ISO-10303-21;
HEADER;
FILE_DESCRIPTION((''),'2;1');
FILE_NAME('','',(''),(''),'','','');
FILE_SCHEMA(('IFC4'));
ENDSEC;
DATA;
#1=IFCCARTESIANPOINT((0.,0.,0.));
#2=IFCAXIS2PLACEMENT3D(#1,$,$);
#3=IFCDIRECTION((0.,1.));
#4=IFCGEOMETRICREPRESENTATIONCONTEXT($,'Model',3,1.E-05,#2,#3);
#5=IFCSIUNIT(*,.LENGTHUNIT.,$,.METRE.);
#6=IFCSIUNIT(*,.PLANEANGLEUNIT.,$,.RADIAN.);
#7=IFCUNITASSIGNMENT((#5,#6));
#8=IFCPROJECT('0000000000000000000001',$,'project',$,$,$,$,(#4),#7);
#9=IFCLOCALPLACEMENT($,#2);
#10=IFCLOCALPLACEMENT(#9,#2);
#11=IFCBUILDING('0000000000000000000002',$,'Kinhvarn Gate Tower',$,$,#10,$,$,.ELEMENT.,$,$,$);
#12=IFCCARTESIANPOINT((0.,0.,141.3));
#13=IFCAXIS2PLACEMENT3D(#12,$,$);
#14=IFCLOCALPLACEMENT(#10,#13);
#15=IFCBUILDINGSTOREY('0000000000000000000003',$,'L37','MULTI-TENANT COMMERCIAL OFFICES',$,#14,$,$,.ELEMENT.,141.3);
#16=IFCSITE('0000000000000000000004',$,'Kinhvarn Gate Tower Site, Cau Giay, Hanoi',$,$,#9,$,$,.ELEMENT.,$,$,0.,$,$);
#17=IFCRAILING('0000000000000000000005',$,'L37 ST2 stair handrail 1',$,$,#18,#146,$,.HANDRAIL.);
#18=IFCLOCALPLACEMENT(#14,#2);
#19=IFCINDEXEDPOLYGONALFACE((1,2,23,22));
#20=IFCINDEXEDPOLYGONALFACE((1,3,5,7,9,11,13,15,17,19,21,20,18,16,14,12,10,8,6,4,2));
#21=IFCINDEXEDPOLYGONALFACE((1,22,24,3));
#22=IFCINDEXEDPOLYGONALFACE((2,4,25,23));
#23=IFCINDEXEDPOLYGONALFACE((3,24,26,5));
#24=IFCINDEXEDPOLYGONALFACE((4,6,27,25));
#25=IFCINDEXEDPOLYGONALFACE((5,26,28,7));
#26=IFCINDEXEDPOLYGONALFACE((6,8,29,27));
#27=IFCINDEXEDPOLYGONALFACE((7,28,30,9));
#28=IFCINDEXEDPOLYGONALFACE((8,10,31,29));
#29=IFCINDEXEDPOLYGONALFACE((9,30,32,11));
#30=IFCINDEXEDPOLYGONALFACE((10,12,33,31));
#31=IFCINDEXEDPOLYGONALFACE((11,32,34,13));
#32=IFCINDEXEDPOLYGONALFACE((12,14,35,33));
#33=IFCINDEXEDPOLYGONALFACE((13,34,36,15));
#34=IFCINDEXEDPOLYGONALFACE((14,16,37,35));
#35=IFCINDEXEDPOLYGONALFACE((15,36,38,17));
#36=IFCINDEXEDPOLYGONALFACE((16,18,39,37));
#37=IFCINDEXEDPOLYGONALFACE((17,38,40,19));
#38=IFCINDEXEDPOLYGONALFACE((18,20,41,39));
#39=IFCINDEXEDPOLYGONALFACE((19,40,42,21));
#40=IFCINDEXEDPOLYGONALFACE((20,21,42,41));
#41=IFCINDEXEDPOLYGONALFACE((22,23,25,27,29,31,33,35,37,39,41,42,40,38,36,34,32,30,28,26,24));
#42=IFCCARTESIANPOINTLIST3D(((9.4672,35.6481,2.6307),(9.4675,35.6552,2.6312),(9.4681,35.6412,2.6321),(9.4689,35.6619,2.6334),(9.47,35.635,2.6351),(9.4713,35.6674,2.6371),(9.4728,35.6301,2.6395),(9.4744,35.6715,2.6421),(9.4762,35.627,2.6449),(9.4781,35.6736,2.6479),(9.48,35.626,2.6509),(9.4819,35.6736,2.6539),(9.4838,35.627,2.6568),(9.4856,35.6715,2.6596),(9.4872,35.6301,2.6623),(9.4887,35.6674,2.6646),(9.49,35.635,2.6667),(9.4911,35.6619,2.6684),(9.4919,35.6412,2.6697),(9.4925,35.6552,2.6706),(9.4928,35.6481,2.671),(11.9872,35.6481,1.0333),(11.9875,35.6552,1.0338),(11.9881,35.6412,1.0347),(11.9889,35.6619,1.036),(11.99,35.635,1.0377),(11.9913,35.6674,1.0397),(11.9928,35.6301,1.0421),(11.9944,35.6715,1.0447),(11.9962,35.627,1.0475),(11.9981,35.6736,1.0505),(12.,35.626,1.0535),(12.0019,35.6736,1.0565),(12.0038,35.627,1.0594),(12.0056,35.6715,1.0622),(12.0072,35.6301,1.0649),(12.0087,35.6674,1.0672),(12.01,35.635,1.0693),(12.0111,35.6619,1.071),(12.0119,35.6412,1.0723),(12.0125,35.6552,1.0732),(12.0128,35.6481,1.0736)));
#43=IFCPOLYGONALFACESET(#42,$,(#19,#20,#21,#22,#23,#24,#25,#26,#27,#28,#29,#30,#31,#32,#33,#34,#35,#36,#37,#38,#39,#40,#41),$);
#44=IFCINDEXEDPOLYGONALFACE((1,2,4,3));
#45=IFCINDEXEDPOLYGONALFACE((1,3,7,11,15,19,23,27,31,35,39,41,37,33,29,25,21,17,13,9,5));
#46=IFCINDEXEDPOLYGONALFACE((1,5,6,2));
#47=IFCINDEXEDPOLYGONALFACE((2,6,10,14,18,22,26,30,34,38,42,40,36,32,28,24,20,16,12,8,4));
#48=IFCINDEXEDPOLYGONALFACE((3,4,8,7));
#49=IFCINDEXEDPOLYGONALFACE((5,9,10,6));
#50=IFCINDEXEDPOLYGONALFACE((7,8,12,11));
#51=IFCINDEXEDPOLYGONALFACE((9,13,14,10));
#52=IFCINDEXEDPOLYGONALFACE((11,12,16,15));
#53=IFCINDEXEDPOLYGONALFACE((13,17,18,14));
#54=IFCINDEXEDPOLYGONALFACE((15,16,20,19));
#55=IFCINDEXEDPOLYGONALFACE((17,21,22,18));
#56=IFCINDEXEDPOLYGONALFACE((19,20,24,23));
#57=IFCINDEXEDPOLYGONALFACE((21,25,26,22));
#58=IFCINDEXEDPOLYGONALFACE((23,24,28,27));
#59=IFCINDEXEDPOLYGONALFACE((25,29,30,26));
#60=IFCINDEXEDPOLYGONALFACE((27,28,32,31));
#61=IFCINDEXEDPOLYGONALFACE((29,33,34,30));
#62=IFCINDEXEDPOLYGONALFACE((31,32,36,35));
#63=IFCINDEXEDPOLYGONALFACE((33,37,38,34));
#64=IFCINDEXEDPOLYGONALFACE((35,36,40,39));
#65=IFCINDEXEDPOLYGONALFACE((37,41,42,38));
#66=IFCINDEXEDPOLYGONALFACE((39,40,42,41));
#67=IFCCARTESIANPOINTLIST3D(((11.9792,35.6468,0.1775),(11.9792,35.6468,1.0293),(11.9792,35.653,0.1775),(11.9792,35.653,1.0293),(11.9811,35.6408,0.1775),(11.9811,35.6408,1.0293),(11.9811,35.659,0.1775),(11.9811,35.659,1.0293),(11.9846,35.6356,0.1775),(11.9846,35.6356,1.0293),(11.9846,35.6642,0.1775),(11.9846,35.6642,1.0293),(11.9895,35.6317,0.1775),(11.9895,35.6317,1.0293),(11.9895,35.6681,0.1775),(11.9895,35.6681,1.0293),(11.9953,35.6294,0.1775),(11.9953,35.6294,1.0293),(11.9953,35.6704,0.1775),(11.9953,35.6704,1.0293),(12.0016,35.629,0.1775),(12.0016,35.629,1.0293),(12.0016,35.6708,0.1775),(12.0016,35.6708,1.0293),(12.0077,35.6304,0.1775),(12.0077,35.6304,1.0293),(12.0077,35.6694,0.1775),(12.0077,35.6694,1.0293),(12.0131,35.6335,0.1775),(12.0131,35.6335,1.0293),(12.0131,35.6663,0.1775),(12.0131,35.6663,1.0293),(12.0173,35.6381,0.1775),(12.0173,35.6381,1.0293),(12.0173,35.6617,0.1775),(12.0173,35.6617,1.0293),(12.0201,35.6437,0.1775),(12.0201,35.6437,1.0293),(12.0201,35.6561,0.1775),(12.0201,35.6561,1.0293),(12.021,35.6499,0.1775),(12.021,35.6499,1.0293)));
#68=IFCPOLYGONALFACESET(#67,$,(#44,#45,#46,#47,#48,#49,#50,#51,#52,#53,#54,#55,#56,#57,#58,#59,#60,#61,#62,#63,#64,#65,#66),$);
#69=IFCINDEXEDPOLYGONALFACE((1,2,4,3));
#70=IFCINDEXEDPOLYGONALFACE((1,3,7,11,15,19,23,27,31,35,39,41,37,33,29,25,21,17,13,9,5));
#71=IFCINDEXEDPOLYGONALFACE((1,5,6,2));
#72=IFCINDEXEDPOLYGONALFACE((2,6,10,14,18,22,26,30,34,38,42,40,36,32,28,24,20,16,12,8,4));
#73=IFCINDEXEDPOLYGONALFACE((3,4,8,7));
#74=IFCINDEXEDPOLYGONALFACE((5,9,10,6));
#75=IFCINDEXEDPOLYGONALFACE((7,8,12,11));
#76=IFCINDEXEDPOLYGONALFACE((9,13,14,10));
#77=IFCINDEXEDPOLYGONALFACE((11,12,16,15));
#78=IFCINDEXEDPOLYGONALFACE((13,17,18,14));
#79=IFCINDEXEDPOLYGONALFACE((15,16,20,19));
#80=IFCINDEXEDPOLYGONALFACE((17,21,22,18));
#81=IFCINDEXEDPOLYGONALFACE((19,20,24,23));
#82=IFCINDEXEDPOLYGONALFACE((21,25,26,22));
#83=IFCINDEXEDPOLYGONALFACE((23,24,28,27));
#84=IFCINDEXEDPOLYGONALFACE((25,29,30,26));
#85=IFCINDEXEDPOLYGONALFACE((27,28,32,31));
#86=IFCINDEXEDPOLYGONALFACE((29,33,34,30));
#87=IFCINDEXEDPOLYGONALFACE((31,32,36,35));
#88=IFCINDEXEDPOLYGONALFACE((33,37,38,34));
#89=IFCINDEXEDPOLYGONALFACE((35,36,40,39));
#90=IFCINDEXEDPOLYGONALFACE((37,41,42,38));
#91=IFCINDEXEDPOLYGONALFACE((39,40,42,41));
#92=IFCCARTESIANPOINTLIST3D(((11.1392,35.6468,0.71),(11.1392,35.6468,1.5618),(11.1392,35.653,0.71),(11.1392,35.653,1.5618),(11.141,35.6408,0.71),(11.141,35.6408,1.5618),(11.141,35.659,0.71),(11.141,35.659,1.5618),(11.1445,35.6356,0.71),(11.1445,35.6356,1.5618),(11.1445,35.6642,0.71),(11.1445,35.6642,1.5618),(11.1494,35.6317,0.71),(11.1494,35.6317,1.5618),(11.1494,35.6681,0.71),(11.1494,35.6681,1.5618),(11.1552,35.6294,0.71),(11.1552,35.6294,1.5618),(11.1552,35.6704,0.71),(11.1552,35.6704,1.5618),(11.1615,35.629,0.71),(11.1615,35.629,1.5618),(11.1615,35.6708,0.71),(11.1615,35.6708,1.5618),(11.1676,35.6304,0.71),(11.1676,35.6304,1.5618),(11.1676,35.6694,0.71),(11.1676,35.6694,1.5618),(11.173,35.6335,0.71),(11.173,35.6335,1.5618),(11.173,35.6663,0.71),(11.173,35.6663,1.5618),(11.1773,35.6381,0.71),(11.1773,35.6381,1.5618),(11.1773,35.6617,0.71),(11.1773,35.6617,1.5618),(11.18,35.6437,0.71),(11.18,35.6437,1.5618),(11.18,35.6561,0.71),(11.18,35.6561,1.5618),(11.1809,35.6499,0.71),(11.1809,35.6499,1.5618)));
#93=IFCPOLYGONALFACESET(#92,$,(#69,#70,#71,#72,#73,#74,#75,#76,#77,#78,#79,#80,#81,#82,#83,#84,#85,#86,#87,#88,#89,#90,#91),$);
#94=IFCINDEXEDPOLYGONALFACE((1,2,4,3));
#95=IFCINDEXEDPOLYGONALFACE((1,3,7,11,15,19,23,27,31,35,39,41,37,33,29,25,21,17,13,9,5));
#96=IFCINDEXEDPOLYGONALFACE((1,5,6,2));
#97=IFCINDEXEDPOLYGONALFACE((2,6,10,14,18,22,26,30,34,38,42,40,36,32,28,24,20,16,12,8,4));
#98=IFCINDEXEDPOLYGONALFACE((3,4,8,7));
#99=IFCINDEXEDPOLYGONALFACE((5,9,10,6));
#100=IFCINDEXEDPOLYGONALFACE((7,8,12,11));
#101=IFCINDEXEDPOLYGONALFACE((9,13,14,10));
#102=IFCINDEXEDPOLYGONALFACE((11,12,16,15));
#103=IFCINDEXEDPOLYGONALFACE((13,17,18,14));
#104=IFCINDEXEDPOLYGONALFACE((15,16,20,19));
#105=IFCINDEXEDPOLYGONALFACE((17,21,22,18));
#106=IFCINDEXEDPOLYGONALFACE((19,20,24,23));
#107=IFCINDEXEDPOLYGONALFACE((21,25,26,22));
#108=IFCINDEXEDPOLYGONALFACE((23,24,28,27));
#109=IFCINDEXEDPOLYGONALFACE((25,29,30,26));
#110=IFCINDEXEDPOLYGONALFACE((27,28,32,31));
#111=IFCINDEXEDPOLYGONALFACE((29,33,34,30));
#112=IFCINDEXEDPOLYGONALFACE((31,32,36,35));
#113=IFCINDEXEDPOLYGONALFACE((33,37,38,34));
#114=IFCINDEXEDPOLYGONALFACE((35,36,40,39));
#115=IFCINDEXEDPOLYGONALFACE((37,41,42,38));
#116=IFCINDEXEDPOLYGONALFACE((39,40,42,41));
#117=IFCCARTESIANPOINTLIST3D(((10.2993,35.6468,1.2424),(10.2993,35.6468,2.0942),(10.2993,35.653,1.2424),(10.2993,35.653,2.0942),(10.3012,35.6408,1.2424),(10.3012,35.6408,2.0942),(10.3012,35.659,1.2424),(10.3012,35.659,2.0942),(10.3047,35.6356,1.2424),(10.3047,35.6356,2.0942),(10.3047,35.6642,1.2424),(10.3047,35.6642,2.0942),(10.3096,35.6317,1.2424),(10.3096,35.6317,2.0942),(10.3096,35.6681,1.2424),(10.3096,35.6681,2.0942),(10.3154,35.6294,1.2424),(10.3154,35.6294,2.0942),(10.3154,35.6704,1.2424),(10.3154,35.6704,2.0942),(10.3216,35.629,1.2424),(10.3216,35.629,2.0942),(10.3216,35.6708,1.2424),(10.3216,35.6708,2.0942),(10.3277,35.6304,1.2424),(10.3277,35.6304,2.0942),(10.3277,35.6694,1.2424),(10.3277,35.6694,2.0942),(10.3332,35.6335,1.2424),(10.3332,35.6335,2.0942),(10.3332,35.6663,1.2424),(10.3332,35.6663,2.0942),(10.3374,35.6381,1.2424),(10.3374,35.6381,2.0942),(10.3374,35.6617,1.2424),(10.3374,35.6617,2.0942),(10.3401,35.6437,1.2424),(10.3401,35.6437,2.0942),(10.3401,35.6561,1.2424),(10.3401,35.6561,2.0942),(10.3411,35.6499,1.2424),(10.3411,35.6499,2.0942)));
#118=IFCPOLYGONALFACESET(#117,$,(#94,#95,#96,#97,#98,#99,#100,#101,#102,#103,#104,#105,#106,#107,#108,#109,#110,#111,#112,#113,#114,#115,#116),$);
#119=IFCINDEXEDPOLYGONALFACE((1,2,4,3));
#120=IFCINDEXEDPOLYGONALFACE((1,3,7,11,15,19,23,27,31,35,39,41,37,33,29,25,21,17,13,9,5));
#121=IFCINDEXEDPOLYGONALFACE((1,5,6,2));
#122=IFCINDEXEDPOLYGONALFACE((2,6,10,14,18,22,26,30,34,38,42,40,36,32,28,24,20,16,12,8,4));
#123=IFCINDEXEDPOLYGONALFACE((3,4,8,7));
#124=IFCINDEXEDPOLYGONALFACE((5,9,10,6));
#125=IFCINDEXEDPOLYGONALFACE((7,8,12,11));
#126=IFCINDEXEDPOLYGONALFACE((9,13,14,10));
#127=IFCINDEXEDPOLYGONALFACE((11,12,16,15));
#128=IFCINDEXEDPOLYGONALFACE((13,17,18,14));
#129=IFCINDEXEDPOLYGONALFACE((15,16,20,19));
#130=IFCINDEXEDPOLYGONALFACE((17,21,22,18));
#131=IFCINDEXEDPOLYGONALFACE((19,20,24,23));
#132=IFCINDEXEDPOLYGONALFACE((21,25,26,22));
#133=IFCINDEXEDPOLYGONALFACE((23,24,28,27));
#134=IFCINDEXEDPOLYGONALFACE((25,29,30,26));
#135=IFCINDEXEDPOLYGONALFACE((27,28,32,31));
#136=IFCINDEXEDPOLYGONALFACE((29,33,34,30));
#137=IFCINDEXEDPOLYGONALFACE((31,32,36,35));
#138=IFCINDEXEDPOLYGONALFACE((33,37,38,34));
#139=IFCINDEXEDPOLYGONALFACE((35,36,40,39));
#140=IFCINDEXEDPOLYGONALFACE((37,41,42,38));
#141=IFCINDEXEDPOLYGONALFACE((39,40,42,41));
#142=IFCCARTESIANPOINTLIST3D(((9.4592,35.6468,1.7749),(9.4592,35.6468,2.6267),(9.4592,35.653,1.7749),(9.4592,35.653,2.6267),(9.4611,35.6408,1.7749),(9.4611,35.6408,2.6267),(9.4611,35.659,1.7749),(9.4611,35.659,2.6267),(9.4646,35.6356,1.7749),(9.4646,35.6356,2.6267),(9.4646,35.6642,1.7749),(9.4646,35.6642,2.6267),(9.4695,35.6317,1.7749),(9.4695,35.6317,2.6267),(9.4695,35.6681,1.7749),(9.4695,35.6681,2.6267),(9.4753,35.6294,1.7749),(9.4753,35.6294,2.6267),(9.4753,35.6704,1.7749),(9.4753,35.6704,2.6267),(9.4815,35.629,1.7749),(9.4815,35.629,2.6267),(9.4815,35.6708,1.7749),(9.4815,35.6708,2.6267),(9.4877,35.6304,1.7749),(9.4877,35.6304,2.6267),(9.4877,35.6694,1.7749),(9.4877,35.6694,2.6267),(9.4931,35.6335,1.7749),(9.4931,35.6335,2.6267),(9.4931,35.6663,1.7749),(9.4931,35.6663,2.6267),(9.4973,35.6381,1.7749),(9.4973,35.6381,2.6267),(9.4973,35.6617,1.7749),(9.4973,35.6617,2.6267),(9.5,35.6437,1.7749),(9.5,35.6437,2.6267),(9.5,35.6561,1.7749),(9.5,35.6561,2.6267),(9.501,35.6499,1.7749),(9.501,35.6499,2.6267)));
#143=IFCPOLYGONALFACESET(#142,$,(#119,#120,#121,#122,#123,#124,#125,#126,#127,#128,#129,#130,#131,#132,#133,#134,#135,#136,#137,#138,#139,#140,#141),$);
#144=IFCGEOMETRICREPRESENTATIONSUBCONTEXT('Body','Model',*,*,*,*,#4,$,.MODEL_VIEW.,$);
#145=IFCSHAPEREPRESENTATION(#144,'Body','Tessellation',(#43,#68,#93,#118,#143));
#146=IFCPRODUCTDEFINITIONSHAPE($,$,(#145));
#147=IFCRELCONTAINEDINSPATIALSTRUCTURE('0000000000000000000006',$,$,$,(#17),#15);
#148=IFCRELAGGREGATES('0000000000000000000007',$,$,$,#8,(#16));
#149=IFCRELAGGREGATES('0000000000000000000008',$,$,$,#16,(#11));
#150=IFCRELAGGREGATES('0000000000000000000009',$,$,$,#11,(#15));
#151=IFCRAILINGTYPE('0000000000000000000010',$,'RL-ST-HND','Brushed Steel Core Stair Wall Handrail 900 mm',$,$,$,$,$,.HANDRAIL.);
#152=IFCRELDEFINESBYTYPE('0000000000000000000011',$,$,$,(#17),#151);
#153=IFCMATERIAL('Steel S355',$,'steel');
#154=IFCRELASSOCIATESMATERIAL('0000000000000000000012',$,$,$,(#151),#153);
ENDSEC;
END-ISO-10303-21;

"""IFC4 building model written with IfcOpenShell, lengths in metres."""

from ifc_helpers import new_model, si_unit, direction, frame, origin, origin_2d, place, context, subcontext, project, spatial, circle, extrude, material, type_object, element, save


model = new_model("IFC4")

# Units and contexts
model_context = context("Model", 3, precision=1e-05, world=origin(), true_north=direction((0.0, 1.0)))
body_context = subcontext(model_context, "Body", "Model", "MODEL_VIEW")
ifc_project = project(units=[si_unit("LENGTHUNIT", "METRE"), si_unit("PLANEANGLEUNIT", "RADIAN")], contexts=[model_context])

# Site, building, storey
site_placement = place(None, origin())
site = spatial("IfcSite", under=ifc_project, at=site_placement, Name="Kinhvarn Gate Tower Site, Cau Giay, Hanoi", CompositionType="ELEMENT", RefElevation=0.0)
building_placement = place(site_placement, origin())
building = spatial("IfcBuilding", under=site, at=building_placement, Name="Kinhvarn Gate Tower", CompositionType="ELEMENT")
storey_placement = place(building_placement, frame((0.0, 0.0, 141.3)))
storey = spatial("IfcBuildingStorey", under=building, at=storey_placement, Name="L37", Description="MULTI-TENANT COMMERCIAL OFFICES", CompositionType="ELEMENT", Elevation=141.3)

# Shared definitions
ifc_material_1 = material(Name="Steel S355", Category="steel")

# Railing
railing_type_1 = type_object("IfcRailingType", Name="RL-ST-HND", Description="Brushed Steel Core Stair Wall Handrail 900 mm", PredefinedType="HANDRAIL", material=ifc_material_1)
railing_1_placement = place(storey_placement, frame((12.0, 35.6499, 0.1775)))
element("IfcRailing", 1, at=railing_1_placement, inside=storey, type_object=railing_type_1, Name="L37 ST2 stair handrail 1", PredefinedType="HANDRAIL", context=body_context, shape_type="SweptSolid", body=[
    extrude(circle(Radius=0.0239, at=origin_2d()), frame((0.0, 0.0, 0.876), z_axis=(-0.844607, 0.0, 0.535387), x_axis=(0.0, -1.0, 0.0)), (0.0, 0.0, 1.0), 2.9836),
    extrude(circle(Radius=0.021, at=origin_2d()), origin(), (0.0, 0.0, 1.0), 0.8518),
    extrude(circle(Radius=0.021, at=origin_2d()), frame((-0.8401, 0.0, 0.5325)), (0.0, 0.0, 1.0), 0.8518),
    extrude(circle(Radius=0.021, at=origin_2d()), frame((-1.6799, 0.0, 1.0649)), (0.0, 0.0, 1.0), 0.8518),
    extrude(circle(Radius=0.021, at=origin_2d()), frame((-2.52, 0.0, 1.5974)), (0.0, 0.0, 1.0), 0.8518),
])

save(model, "model.ifc")
